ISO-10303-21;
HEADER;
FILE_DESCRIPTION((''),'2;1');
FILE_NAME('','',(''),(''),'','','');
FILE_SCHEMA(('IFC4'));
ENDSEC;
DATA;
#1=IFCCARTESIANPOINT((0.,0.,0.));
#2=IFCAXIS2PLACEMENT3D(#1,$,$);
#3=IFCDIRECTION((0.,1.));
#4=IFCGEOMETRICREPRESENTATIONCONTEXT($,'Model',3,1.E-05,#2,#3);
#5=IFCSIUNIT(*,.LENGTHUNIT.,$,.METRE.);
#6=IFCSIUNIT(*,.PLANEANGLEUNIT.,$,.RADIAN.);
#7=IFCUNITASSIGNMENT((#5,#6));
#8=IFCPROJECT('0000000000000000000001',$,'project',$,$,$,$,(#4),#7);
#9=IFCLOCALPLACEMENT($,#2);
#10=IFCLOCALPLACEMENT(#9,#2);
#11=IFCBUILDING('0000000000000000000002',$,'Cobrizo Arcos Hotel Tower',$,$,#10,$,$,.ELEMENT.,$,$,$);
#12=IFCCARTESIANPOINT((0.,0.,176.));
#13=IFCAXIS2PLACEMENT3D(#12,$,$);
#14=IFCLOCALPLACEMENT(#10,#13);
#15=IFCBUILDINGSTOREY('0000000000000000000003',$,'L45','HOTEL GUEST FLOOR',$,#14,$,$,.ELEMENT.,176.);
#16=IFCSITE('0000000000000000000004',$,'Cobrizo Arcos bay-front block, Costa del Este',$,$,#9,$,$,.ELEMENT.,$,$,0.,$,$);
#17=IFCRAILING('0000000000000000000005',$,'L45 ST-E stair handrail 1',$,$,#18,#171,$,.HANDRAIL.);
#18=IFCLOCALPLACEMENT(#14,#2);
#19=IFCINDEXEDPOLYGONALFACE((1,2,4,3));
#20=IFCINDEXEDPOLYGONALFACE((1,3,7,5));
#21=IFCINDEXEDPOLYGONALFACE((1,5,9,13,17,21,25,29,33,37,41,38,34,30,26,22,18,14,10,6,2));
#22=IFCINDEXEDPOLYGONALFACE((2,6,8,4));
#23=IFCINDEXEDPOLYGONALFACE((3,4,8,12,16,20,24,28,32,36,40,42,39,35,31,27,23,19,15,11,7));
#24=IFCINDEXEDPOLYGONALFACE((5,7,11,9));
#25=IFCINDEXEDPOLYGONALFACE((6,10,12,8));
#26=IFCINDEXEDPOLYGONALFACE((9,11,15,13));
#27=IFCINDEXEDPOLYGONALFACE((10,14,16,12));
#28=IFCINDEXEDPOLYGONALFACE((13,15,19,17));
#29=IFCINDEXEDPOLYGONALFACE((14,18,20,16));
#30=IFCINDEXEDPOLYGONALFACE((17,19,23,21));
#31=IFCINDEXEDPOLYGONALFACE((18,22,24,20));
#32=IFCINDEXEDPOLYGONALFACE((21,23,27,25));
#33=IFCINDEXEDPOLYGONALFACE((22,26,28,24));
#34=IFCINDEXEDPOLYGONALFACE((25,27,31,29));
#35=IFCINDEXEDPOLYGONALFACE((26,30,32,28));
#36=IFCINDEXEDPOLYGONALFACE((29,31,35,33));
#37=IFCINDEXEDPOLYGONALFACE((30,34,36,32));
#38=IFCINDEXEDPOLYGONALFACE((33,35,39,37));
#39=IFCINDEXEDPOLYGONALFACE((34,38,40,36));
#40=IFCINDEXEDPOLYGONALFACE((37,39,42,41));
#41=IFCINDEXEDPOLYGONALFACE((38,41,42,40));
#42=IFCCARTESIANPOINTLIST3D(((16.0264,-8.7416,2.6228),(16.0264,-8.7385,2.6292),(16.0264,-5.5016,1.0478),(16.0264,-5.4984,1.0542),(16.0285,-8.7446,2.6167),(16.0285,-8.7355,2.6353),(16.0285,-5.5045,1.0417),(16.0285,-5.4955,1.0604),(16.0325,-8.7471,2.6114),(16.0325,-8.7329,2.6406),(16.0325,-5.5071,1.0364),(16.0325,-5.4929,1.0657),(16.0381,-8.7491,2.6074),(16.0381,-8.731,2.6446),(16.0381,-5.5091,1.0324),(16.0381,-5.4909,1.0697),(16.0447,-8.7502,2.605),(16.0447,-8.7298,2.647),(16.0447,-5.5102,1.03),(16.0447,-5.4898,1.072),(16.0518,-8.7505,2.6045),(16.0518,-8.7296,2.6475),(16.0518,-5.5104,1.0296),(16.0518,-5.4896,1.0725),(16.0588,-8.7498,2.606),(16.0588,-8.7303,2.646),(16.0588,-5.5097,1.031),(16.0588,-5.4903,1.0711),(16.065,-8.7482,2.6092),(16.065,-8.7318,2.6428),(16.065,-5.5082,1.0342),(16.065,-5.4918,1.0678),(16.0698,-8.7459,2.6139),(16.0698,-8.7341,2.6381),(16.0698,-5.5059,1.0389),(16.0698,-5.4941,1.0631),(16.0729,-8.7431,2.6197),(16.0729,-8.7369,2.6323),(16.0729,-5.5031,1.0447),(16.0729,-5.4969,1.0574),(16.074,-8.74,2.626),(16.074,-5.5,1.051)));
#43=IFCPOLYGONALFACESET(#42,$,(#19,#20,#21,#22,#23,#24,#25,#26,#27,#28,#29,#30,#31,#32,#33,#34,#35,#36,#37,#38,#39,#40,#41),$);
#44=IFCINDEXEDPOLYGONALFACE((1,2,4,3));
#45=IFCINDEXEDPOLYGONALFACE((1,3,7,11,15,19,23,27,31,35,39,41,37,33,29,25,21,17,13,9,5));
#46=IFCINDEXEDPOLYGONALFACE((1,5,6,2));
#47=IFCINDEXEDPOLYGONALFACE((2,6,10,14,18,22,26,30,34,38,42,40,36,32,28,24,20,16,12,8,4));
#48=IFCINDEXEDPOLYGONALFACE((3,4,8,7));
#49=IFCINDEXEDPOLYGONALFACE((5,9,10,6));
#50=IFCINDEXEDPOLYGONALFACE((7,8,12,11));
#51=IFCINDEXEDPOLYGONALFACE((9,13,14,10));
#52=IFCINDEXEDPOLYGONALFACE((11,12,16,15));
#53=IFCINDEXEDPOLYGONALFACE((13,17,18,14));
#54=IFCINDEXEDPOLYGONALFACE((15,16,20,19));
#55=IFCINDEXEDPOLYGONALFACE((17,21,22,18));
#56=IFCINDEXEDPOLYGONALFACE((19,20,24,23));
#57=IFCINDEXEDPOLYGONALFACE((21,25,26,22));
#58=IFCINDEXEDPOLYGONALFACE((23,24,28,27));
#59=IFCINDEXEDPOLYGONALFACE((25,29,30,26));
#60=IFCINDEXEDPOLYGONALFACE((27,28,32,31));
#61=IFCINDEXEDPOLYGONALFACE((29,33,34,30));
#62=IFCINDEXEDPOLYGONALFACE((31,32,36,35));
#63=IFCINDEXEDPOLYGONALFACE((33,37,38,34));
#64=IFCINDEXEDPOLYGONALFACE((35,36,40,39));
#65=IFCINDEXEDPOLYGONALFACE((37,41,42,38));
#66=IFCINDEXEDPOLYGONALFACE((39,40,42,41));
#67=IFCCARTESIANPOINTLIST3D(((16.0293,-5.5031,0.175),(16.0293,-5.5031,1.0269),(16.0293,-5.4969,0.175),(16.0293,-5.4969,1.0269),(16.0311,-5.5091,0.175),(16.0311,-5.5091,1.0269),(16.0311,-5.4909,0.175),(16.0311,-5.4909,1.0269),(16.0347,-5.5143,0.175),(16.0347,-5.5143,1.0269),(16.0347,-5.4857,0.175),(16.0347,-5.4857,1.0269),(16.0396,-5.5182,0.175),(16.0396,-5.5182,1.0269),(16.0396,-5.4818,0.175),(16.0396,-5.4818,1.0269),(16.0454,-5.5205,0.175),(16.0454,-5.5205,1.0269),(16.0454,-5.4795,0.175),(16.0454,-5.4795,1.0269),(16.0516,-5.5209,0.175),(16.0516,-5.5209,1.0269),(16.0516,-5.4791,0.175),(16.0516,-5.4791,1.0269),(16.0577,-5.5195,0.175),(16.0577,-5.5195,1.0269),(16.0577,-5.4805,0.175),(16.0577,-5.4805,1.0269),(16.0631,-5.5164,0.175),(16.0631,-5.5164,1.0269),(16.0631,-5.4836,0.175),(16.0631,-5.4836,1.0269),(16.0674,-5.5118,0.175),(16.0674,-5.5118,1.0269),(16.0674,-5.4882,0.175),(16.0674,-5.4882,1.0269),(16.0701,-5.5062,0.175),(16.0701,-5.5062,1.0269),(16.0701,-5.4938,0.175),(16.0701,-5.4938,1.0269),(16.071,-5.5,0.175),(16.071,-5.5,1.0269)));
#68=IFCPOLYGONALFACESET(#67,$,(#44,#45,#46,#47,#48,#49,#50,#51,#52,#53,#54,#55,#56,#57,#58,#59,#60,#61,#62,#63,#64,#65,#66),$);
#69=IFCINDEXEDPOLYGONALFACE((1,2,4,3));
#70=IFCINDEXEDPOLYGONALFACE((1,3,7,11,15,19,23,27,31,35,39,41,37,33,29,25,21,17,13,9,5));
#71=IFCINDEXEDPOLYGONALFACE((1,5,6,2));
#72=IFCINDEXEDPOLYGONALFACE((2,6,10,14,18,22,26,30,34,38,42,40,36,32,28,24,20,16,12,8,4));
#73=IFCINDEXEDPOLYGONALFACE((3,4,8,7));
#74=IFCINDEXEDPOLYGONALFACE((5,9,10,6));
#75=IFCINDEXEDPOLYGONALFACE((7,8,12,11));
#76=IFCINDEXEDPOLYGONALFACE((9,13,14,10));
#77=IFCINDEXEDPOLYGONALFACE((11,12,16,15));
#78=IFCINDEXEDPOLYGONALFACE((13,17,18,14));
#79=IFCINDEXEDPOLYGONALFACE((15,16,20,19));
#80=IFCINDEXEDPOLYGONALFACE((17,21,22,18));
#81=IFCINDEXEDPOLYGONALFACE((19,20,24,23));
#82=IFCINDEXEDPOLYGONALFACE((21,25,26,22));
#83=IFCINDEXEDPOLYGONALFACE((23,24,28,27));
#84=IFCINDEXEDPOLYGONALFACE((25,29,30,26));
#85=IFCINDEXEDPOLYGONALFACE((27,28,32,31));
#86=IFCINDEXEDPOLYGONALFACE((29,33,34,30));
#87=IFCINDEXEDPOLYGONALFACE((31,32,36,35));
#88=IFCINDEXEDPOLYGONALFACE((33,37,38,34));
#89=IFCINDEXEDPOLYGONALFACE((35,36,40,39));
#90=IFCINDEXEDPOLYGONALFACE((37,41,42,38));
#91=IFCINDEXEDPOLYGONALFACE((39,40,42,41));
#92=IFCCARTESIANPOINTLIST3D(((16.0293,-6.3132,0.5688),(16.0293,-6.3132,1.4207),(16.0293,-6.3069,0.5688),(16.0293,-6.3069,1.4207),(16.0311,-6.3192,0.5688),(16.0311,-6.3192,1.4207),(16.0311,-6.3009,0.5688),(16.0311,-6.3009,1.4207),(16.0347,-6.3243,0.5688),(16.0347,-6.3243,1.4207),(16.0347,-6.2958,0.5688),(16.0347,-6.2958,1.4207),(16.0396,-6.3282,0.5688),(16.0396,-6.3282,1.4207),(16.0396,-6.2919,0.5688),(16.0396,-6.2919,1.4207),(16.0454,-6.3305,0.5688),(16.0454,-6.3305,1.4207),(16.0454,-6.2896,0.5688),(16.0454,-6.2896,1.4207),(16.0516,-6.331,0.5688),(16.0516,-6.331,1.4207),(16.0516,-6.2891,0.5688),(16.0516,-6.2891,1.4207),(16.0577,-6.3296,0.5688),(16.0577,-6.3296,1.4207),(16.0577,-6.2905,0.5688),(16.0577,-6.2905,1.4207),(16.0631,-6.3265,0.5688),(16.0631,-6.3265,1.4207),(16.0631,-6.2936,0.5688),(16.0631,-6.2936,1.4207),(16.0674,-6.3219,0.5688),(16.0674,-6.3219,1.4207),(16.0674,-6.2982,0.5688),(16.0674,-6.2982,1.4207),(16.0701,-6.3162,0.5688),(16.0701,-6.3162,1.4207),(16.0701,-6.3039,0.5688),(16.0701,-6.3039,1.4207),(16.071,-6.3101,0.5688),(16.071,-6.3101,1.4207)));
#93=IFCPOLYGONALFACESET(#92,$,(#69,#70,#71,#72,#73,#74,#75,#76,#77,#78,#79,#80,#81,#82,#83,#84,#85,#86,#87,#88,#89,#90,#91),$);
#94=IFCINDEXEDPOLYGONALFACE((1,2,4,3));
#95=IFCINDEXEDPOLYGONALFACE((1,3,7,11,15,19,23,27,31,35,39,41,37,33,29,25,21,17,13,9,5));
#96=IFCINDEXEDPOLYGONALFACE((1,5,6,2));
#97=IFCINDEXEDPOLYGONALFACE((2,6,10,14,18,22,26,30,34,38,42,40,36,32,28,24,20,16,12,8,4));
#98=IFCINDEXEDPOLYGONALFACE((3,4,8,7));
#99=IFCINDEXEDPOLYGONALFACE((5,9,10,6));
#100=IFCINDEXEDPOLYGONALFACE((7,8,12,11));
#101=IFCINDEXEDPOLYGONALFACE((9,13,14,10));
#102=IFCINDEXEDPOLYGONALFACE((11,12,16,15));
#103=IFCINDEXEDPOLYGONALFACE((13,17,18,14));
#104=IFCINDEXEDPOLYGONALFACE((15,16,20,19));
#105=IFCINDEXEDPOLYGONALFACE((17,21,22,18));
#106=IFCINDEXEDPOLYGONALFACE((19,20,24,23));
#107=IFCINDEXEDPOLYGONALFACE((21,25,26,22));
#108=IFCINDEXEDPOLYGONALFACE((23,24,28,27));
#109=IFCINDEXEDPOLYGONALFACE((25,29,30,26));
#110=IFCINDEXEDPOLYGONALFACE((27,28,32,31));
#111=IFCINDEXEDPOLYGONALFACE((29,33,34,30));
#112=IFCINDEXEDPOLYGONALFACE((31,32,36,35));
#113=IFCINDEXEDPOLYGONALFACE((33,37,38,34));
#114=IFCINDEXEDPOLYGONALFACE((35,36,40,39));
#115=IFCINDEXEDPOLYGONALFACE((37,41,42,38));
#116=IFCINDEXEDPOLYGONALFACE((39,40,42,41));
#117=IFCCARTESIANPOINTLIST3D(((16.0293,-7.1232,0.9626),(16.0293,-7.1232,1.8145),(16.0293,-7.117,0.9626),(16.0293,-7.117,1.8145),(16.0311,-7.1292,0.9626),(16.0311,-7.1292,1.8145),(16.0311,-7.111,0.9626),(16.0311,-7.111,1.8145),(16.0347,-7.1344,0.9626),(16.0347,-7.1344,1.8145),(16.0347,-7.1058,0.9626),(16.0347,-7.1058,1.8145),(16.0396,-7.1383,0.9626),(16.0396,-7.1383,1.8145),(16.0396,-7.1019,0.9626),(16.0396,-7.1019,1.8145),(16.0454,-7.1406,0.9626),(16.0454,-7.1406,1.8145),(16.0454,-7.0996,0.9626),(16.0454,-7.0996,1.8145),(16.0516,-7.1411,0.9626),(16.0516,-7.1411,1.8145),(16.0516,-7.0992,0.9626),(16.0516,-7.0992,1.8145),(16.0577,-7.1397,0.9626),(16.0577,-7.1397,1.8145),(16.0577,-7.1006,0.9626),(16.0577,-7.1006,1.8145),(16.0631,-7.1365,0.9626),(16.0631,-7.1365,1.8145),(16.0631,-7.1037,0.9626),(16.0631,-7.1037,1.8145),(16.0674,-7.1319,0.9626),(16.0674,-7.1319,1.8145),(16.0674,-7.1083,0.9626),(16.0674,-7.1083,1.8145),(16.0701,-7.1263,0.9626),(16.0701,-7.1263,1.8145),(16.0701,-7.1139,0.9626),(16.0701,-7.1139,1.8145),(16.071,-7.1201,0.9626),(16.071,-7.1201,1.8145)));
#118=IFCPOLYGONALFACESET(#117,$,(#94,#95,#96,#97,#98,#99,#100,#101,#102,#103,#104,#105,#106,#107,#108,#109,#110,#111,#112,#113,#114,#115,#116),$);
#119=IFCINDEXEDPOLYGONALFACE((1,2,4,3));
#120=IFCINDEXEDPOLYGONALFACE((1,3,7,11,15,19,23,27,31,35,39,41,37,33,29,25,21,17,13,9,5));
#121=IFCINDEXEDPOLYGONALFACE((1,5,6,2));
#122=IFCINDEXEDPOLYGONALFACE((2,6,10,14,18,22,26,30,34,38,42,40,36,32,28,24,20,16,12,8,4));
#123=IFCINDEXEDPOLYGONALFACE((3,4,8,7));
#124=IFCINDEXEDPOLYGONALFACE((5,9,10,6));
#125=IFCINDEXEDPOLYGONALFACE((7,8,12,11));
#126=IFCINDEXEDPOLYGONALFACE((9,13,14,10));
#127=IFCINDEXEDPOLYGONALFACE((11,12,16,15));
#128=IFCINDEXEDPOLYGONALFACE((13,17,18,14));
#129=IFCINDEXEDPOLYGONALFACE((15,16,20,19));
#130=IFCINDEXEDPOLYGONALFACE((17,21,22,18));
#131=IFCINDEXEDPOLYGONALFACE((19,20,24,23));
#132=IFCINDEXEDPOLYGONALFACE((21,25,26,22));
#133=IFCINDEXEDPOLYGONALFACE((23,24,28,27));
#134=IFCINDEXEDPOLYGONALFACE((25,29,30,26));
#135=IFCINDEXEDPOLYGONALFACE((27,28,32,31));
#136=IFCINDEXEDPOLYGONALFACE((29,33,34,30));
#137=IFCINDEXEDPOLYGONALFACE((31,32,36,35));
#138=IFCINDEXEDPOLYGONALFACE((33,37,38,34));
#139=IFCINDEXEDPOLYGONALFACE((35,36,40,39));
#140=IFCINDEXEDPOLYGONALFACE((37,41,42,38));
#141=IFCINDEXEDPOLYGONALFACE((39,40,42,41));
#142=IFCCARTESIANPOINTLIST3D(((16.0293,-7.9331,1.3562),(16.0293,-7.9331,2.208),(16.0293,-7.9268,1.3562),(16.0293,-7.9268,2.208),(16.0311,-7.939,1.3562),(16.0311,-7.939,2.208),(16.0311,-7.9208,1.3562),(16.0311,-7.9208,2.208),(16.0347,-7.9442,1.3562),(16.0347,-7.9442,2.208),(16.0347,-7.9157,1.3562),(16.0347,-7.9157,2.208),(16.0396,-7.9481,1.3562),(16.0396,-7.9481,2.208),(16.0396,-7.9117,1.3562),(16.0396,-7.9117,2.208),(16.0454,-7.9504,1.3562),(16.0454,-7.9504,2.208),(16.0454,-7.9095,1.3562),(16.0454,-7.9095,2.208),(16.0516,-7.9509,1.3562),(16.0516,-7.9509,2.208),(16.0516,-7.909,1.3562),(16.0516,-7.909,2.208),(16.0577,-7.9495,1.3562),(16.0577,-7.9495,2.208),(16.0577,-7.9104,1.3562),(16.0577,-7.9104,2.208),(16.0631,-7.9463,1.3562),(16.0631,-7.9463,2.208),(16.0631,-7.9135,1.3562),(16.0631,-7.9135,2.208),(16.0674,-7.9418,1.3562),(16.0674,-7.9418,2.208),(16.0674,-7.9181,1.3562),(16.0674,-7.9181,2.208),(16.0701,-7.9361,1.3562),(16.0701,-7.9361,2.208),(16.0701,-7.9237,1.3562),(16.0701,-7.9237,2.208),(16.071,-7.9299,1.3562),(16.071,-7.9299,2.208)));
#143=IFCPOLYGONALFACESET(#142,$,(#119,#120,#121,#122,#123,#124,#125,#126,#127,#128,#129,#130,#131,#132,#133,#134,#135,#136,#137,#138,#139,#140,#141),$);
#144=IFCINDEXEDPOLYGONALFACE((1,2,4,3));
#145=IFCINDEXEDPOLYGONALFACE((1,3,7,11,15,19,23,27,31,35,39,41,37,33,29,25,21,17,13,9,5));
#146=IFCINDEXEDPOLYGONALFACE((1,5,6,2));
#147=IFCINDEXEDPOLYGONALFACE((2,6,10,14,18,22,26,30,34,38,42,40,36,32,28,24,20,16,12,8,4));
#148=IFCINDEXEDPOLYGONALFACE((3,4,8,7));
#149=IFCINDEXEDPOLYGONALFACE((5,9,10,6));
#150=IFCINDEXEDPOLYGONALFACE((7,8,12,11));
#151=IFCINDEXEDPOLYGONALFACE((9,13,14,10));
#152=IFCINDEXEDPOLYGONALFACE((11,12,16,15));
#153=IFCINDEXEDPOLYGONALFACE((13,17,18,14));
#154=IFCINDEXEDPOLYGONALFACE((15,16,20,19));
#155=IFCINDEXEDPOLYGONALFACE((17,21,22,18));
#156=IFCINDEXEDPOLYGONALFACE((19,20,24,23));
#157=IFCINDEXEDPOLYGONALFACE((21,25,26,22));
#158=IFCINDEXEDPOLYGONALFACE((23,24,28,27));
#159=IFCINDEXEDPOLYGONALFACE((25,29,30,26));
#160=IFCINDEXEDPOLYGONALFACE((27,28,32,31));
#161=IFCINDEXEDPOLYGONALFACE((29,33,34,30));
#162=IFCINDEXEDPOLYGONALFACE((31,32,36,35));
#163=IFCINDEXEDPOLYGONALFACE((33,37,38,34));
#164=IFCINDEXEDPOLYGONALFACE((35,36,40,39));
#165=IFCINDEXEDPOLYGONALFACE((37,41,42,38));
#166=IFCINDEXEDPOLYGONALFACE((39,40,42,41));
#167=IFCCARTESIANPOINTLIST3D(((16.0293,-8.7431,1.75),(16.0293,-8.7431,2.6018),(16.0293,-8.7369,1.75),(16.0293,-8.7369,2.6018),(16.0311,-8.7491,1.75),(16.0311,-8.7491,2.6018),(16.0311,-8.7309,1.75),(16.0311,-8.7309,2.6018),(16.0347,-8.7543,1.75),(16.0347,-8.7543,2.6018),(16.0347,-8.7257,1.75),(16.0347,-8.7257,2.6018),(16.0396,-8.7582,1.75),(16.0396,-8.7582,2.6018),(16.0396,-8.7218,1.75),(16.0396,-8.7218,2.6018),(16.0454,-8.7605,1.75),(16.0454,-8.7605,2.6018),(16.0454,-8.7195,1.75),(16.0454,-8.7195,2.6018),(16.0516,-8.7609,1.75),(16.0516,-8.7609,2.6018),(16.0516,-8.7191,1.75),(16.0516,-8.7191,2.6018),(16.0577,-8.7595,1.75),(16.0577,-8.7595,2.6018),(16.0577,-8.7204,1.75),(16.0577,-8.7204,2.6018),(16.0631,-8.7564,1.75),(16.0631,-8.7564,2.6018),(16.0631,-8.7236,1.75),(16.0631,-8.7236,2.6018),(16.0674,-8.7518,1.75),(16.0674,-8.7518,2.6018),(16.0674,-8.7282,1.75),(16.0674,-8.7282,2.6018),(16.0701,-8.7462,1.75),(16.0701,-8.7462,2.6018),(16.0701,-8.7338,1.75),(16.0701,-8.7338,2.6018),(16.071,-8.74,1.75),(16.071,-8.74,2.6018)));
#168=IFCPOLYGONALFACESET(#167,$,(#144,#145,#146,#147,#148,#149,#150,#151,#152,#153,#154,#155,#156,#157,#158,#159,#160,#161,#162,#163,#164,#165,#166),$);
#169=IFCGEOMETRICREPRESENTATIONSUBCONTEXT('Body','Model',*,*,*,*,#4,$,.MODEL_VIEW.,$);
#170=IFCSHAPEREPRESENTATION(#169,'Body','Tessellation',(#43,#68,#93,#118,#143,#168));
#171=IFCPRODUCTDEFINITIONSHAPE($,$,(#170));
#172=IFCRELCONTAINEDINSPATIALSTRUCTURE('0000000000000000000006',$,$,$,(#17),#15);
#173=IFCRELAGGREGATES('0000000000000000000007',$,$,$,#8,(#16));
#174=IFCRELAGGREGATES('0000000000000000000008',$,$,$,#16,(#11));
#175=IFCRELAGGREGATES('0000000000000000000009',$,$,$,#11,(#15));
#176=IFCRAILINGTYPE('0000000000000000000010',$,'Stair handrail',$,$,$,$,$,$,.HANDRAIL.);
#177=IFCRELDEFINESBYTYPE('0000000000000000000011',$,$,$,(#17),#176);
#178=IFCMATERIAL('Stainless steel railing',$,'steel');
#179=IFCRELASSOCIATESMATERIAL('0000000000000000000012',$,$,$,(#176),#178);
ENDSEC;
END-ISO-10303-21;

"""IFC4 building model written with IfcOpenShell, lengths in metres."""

from ifc_helpers import new_model, si_unit, direction, frame, origin, origin_2d, place, context, subcontext, project, spatial, circle, extrude, material, type_object, element, save


model = new_model("IFC4")

# Units and contexts
model_context = context("Model", 3, precision=1e-05, world=origin(), true_north=direction((0.0, 1.0)))
body_context = subcontext(model_context, "Body", "Model", "MODEL_VIEW")
ifc_project = project(units=[si_unit("LENGTHUNIT", "METRE"), si_unit("PLANEANGLEUNIT", "RADIAN")], contexts=[model_context])

# Site, building, storey
site_placement = place(None, origin())
site = spatial("IfcSite", under=ifc_project, at=site_placement, Name="Cobrizo Arcos bay-front block, Costa del Este", CompositionType="ELEMENT", RefElevation=0.0)
building_placement = place(site_placement, origin())
building = spatial("IfcBuilding", under=site, at=building_placement, Name="Cobrizo Arcos Hotel Tower", CompositionType="ELEMENT")
storey_placement = place(building_placement, frame((0.0, 0.0, 176.0)))
storey = spatial("IfcBuildingStorey", under=building, at=storey_placement, Name="L45", Description="HOTEL GUEST FLOOR", CompositionType="ELEMENT", Elevation=176.0)

# Railing
ifc_material_1 = material(Name="Stainless steel railing", Category="steel")
railing_type = type_object("IfcRailingType", Name="Stair handrail", PredefinedType="HANDRAIL", material=ifc_material_1)
railing_placement = place(storey_placement, frame((16.05, -5.5, 0.175)))
element("IfcRailing", 1, at=railing_placement, inside=storey, type_object=railing_type, Name="L45 ST-E stair handrail 1", PredefinedType="HANDRAIL", context=body_context, shape_type="SweptSolid", body=[
    extrude(circle(Radius=0.0239, at=origin_2d()), frame((0.0, 0.0, 0.876), z_axis=(0.0, -0.899373, 0.437183), x_axis=(1.0, 0.0, 0.0)), (0.0, 0.0, 1.0), 3.6025),
    extrude(circle(Radius=0.021, at=origin_2d()), origin(), (0.0, 0.0, 1.0), 0.8518),
    extrude(circle(Radius=0.021, at=origin_2d()), frame((0.0, -0.8101, 0.3938)), (0.0, 0.0, 1.0), 0.8518),
    extrude(circle(Radius=0.021, at=origin_2d()), frame((0.0, -1.6201, 0.7876)), (0.0, 0.0, 1.0), 0.8518),
    extrude(circle(Radius=0.021, at=origin_2d()), frame((0.0, -2.4299, 1.1812)), (0.0, 0.0, 1.0), 0.8518),
    extrude(circle(Radius=0.021, at=origin_2d()), frame((0.0, -3.24, 1.575)), (0.0, 0.0, 1.0), 0.8518),
])

save(model, "model.ifc")
